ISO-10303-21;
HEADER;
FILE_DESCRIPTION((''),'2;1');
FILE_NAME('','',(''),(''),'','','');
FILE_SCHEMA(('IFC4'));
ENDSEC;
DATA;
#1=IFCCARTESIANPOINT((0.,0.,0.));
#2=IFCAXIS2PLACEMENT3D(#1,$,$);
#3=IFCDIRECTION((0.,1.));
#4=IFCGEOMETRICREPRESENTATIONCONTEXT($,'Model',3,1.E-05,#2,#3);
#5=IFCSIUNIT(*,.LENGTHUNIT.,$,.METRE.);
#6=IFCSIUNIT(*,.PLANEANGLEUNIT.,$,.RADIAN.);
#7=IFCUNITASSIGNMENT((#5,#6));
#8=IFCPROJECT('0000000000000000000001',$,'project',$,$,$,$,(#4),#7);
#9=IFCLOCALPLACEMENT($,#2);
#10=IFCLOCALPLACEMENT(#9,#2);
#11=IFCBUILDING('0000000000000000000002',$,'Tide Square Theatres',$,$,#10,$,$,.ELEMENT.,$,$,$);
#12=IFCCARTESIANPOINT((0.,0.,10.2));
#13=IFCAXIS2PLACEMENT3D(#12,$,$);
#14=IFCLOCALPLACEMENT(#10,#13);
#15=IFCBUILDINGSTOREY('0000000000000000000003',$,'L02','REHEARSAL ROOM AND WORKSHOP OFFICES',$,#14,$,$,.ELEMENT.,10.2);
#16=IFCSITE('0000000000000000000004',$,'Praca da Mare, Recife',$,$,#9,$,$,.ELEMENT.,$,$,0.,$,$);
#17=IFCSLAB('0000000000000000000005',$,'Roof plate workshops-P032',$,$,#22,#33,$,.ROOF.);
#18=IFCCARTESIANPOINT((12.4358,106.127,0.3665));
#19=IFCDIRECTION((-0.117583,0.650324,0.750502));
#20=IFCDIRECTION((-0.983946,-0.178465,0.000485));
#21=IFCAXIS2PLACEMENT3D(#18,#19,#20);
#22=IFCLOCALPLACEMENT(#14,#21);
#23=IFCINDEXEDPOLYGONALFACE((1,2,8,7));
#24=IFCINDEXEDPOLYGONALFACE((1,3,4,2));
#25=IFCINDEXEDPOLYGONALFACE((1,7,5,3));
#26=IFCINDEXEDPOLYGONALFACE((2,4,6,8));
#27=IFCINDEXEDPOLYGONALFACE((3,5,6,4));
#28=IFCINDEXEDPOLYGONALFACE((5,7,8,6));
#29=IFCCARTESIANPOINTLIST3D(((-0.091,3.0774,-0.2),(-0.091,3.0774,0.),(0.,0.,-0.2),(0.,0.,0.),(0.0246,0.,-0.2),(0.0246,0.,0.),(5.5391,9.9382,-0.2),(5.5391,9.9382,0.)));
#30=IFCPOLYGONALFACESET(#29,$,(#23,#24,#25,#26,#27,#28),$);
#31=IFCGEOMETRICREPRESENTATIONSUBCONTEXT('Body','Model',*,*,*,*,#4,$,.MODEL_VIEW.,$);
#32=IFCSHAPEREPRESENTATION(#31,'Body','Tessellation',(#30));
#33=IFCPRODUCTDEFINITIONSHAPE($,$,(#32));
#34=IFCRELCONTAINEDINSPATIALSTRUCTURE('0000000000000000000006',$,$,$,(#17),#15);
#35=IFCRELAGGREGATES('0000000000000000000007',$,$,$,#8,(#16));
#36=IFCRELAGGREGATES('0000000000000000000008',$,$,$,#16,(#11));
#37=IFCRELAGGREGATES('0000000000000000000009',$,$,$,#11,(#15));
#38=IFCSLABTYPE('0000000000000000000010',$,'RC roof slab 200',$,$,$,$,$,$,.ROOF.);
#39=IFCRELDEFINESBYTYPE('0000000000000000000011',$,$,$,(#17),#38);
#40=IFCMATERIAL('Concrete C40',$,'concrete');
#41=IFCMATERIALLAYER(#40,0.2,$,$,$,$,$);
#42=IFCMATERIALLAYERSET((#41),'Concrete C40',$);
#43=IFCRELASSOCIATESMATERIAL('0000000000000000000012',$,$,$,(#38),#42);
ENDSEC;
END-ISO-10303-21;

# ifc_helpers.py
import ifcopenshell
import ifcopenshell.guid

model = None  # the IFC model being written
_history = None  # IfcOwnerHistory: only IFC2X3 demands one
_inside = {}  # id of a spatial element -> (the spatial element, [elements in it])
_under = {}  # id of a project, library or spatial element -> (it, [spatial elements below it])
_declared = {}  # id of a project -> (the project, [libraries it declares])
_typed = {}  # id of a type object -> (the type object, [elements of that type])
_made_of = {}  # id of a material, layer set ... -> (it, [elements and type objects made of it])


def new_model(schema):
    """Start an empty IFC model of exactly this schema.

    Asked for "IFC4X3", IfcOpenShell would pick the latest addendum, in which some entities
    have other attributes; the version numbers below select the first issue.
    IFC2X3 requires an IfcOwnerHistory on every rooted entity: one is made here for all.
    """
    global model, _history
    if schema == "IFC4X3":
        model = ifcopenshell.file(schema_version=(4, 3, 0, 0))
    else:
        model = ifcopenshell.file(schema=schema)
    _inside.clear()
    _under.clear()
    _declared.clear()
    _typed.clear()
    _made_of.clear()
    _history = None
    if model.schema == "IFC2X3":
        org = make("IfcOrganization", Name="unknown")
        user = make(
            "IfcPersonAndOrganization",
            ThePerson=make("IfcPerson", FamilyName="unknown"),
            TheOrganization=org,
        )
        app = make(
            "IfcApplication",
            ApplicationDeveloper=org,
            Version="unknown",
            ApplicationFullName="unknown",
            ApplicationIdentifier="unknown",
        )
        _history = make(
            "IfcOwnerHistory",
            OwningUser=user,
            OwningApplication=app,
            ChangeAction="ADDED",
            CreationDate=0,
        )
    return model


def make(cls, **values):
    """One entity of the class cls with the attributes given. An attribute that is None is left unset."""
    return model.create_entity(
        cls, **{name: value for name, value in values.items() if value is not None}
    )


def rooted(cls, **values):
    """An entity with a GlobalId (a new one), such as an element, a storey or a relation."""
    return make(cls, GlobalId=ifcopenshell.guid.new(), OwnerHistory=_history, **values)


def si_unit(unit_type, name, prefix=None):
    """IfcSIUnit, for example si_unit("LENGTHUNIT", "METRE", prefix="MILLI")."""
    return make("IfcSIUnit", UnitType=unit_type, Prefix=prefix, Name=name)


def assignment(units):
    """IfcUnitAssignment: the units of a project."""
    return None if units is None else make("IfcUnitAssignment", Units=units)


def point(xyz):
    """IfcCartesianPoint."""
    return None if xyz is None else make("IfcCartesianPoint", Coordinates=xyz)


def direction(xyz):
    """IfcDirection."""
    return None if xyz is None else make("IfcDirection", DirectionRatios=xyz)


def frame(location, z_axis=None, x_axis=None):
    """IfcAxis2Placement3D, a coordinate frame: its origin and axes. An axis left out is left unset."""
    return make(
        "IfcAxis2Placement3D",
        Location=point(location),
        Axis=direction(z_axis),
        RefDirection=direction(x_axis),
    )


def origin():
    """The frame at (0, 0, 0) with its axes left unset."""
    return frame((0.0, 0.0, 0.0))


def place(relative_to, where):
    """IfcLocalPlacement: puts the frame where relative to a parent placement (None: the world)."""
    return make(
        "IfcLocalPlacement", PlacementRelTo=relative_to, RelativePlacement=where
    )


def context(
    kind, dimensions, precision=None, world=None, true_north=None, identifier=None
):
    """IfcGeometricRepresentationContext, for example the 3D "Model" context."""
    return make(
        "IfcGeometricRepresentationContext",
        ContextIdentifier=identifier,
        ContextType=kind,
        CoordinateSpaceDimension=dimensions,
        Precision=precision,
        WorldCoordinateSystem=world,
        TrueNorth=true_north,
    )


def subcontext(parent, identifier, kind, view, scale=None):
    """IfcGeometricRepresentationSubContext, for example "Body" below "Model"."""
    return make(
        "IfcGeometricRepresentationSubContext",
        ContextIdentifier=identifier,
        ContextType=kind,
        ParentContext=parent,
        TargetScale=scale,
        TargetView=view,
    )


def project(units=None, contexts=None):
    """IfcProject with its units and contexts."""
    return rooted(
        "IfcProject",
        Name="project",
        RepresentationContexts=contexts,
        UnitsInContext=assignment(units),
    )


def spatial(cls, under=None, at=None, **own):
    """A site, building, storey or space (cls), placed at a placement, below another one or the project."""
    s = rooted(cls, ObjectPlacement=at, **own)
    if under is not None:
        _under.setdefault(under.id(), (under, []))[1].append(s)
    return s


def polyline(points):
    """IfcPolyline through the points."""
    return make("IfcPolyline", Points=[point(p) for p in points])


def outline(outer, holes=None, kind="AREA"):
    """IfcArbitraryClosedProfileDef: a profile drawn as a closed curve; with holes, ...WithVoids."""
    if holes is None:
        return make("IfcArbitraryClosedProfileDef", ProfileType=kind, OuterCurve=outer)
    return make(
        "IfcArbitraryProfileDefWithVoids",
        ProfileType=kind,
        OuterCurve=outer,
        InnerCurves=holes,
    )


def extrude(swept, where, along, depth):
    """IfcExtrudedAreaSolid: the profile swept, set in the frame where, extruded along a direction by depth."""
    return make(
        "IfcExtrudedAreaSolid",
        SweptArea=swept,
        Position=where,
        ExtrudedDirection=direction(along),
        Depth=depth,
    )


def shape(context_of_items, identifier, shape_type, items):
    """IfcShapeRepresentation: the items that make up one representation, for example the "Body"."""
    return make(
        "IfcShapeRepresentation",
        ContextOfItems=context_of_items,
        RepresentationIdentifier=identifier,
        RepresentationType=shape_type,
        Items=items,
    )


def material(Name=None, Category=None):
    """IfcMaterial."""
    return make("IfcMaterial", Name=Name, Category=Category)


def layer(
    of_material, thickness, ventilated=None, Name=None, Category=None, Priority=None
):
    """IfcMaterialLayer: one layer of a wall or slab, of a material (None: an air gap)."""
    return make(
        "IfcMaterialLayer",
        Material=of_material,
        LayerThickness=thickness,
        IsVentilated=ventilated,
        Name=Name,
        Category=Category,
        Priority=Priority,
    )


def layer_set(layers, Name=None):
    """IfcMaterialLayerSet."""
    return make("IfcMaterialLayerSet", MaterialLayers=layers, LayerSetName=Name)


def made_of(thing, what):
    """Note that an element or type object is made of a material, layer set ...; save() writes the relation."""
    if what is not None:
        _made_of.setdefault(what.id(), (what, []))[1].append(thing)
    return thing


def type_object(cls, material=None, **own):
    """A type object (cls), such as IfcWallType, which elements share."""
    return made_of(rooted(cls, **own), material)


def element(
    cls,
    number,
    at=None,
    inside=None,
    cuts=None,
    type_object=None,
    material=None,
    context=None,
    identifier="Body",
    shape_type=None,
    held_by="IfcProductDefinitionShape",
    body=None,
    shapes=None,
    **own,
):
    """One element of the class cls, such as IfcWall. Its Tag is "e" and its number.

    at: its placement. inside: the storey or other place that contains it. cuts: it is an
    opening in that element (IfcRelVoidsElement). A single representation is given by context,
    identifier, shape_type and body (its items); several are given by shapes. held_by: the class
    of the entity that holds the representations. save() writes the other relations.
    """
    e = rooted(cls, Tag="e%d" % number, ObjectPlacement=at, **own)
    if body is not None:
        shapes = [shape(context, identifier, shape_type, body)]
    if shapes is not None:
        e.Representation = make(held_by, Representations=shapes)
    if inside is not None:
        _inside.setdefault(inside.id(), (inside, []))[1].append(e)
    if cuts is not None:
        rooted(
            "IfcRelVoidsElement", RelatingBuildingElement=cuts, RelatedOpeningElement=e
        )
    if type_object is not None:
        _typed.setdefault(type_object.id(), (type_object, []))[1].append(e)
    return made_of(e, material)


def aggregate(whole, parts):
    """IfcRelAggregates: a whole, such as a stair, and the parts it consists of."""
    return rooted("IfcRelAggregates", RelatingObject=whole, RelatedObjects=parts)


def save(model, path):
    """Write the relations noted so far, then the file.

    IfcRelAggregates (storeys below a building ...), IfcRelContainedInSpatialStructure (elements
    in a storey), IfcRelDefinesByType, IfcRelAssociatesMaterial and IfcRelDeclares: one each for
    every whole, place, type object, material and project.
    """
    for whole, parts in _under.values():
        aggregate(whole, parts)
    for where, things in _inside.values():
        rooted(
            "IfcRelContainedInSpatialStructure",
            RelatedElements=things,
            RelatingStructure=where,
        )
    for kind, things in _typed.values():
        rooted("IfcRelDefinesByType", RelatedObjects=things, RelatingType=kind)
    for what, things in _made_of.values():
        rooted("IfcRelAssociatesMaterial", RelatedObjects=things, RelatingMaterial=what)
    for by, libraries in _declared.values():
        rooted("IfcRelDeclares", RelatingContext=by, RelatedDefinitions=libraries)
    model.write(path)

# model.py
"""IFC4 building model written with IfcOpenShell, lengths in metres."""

from ifc_helpers import new_model, si_unit, direction, frame, origin, place, context, subcontext, project, spatial, polyline, outline, extrude, material, layer, layer_set, type_object, element, save


model = new_model("IFC4")

# Units and contexts
model_context = context("Model", 3, precision=1e-05, world=origin(), true_north=direction((0.0, 1.0)))
body_context = subcontext(model_context, "Body", "Model", "MODEL_VIEW")
ifc_project = project(units=[si_unit("LENGTHUNIT", "METRE"), si_unit("PLANEANGLEUNIT", "RADIAN")], contexts=[model_context])

# Site, building, storey
site_placement = place(None, origin())
site = spatial("IfcSite", under=ifc_project, at=site_placement, Name="Praca da Mare, Recife", CompositionType="ELEMENT", RefElevation=0.0)
building_placement = place(site_placement, origin())
building = spatial("IfcBuilding", under=site, at=building_placement, Name="Tide Square Theatres", CompositionType="ELEMENT")
storey_placement = place(building_placement, frame((0.0, 0.0, 10.2)))
storey = spatial("IfcBuildingStorey", under=building, at=storey_placement, Name="L02", Description="REHEARSAL ROOM AND WORKSHOP OFFICES", CompositionType="ELEMENT", Elevation=10.2)

# Slab
ifc_material_1 = material(Name="Concrete C40", Category="concrete")
ifc_layer_1 = layer(ifc_material_1, 0.2)
ifc_layer_set_1 = layer_set([ifc_layer_1], Name="Concrete C40")
slab_type = type_object("IfcSlabType", Name="RC roof slab 200", PredefinedType="ROOF", material=ifc_layer_set_1)
slab_1_placement = place(storey_placement, frame((12.4358, 106.127, 0.3665), z_axis=(-0.117583, 0.650324, 0.750502), x_axis=(-0.983946, -0.178465, 0.000485)))
element("IfcSlab", 1, at=slab_1_placement, inside=storey, type_object=slab_type, Name="Roof plate workshops-P032", PredefinedType="ROOF", context=body_context, shape_type="SweptSolid", body=[
    extrude(outline(polyline([(0.0, 0.0), (0.0246, 0.0), (5.5391, 9.9382), (-0.091, 3.0774), (0.0, 0.0)])), origin(), (0.0, 0.0, -1.0), 0.2),
])

save(model, "model.ifc")
